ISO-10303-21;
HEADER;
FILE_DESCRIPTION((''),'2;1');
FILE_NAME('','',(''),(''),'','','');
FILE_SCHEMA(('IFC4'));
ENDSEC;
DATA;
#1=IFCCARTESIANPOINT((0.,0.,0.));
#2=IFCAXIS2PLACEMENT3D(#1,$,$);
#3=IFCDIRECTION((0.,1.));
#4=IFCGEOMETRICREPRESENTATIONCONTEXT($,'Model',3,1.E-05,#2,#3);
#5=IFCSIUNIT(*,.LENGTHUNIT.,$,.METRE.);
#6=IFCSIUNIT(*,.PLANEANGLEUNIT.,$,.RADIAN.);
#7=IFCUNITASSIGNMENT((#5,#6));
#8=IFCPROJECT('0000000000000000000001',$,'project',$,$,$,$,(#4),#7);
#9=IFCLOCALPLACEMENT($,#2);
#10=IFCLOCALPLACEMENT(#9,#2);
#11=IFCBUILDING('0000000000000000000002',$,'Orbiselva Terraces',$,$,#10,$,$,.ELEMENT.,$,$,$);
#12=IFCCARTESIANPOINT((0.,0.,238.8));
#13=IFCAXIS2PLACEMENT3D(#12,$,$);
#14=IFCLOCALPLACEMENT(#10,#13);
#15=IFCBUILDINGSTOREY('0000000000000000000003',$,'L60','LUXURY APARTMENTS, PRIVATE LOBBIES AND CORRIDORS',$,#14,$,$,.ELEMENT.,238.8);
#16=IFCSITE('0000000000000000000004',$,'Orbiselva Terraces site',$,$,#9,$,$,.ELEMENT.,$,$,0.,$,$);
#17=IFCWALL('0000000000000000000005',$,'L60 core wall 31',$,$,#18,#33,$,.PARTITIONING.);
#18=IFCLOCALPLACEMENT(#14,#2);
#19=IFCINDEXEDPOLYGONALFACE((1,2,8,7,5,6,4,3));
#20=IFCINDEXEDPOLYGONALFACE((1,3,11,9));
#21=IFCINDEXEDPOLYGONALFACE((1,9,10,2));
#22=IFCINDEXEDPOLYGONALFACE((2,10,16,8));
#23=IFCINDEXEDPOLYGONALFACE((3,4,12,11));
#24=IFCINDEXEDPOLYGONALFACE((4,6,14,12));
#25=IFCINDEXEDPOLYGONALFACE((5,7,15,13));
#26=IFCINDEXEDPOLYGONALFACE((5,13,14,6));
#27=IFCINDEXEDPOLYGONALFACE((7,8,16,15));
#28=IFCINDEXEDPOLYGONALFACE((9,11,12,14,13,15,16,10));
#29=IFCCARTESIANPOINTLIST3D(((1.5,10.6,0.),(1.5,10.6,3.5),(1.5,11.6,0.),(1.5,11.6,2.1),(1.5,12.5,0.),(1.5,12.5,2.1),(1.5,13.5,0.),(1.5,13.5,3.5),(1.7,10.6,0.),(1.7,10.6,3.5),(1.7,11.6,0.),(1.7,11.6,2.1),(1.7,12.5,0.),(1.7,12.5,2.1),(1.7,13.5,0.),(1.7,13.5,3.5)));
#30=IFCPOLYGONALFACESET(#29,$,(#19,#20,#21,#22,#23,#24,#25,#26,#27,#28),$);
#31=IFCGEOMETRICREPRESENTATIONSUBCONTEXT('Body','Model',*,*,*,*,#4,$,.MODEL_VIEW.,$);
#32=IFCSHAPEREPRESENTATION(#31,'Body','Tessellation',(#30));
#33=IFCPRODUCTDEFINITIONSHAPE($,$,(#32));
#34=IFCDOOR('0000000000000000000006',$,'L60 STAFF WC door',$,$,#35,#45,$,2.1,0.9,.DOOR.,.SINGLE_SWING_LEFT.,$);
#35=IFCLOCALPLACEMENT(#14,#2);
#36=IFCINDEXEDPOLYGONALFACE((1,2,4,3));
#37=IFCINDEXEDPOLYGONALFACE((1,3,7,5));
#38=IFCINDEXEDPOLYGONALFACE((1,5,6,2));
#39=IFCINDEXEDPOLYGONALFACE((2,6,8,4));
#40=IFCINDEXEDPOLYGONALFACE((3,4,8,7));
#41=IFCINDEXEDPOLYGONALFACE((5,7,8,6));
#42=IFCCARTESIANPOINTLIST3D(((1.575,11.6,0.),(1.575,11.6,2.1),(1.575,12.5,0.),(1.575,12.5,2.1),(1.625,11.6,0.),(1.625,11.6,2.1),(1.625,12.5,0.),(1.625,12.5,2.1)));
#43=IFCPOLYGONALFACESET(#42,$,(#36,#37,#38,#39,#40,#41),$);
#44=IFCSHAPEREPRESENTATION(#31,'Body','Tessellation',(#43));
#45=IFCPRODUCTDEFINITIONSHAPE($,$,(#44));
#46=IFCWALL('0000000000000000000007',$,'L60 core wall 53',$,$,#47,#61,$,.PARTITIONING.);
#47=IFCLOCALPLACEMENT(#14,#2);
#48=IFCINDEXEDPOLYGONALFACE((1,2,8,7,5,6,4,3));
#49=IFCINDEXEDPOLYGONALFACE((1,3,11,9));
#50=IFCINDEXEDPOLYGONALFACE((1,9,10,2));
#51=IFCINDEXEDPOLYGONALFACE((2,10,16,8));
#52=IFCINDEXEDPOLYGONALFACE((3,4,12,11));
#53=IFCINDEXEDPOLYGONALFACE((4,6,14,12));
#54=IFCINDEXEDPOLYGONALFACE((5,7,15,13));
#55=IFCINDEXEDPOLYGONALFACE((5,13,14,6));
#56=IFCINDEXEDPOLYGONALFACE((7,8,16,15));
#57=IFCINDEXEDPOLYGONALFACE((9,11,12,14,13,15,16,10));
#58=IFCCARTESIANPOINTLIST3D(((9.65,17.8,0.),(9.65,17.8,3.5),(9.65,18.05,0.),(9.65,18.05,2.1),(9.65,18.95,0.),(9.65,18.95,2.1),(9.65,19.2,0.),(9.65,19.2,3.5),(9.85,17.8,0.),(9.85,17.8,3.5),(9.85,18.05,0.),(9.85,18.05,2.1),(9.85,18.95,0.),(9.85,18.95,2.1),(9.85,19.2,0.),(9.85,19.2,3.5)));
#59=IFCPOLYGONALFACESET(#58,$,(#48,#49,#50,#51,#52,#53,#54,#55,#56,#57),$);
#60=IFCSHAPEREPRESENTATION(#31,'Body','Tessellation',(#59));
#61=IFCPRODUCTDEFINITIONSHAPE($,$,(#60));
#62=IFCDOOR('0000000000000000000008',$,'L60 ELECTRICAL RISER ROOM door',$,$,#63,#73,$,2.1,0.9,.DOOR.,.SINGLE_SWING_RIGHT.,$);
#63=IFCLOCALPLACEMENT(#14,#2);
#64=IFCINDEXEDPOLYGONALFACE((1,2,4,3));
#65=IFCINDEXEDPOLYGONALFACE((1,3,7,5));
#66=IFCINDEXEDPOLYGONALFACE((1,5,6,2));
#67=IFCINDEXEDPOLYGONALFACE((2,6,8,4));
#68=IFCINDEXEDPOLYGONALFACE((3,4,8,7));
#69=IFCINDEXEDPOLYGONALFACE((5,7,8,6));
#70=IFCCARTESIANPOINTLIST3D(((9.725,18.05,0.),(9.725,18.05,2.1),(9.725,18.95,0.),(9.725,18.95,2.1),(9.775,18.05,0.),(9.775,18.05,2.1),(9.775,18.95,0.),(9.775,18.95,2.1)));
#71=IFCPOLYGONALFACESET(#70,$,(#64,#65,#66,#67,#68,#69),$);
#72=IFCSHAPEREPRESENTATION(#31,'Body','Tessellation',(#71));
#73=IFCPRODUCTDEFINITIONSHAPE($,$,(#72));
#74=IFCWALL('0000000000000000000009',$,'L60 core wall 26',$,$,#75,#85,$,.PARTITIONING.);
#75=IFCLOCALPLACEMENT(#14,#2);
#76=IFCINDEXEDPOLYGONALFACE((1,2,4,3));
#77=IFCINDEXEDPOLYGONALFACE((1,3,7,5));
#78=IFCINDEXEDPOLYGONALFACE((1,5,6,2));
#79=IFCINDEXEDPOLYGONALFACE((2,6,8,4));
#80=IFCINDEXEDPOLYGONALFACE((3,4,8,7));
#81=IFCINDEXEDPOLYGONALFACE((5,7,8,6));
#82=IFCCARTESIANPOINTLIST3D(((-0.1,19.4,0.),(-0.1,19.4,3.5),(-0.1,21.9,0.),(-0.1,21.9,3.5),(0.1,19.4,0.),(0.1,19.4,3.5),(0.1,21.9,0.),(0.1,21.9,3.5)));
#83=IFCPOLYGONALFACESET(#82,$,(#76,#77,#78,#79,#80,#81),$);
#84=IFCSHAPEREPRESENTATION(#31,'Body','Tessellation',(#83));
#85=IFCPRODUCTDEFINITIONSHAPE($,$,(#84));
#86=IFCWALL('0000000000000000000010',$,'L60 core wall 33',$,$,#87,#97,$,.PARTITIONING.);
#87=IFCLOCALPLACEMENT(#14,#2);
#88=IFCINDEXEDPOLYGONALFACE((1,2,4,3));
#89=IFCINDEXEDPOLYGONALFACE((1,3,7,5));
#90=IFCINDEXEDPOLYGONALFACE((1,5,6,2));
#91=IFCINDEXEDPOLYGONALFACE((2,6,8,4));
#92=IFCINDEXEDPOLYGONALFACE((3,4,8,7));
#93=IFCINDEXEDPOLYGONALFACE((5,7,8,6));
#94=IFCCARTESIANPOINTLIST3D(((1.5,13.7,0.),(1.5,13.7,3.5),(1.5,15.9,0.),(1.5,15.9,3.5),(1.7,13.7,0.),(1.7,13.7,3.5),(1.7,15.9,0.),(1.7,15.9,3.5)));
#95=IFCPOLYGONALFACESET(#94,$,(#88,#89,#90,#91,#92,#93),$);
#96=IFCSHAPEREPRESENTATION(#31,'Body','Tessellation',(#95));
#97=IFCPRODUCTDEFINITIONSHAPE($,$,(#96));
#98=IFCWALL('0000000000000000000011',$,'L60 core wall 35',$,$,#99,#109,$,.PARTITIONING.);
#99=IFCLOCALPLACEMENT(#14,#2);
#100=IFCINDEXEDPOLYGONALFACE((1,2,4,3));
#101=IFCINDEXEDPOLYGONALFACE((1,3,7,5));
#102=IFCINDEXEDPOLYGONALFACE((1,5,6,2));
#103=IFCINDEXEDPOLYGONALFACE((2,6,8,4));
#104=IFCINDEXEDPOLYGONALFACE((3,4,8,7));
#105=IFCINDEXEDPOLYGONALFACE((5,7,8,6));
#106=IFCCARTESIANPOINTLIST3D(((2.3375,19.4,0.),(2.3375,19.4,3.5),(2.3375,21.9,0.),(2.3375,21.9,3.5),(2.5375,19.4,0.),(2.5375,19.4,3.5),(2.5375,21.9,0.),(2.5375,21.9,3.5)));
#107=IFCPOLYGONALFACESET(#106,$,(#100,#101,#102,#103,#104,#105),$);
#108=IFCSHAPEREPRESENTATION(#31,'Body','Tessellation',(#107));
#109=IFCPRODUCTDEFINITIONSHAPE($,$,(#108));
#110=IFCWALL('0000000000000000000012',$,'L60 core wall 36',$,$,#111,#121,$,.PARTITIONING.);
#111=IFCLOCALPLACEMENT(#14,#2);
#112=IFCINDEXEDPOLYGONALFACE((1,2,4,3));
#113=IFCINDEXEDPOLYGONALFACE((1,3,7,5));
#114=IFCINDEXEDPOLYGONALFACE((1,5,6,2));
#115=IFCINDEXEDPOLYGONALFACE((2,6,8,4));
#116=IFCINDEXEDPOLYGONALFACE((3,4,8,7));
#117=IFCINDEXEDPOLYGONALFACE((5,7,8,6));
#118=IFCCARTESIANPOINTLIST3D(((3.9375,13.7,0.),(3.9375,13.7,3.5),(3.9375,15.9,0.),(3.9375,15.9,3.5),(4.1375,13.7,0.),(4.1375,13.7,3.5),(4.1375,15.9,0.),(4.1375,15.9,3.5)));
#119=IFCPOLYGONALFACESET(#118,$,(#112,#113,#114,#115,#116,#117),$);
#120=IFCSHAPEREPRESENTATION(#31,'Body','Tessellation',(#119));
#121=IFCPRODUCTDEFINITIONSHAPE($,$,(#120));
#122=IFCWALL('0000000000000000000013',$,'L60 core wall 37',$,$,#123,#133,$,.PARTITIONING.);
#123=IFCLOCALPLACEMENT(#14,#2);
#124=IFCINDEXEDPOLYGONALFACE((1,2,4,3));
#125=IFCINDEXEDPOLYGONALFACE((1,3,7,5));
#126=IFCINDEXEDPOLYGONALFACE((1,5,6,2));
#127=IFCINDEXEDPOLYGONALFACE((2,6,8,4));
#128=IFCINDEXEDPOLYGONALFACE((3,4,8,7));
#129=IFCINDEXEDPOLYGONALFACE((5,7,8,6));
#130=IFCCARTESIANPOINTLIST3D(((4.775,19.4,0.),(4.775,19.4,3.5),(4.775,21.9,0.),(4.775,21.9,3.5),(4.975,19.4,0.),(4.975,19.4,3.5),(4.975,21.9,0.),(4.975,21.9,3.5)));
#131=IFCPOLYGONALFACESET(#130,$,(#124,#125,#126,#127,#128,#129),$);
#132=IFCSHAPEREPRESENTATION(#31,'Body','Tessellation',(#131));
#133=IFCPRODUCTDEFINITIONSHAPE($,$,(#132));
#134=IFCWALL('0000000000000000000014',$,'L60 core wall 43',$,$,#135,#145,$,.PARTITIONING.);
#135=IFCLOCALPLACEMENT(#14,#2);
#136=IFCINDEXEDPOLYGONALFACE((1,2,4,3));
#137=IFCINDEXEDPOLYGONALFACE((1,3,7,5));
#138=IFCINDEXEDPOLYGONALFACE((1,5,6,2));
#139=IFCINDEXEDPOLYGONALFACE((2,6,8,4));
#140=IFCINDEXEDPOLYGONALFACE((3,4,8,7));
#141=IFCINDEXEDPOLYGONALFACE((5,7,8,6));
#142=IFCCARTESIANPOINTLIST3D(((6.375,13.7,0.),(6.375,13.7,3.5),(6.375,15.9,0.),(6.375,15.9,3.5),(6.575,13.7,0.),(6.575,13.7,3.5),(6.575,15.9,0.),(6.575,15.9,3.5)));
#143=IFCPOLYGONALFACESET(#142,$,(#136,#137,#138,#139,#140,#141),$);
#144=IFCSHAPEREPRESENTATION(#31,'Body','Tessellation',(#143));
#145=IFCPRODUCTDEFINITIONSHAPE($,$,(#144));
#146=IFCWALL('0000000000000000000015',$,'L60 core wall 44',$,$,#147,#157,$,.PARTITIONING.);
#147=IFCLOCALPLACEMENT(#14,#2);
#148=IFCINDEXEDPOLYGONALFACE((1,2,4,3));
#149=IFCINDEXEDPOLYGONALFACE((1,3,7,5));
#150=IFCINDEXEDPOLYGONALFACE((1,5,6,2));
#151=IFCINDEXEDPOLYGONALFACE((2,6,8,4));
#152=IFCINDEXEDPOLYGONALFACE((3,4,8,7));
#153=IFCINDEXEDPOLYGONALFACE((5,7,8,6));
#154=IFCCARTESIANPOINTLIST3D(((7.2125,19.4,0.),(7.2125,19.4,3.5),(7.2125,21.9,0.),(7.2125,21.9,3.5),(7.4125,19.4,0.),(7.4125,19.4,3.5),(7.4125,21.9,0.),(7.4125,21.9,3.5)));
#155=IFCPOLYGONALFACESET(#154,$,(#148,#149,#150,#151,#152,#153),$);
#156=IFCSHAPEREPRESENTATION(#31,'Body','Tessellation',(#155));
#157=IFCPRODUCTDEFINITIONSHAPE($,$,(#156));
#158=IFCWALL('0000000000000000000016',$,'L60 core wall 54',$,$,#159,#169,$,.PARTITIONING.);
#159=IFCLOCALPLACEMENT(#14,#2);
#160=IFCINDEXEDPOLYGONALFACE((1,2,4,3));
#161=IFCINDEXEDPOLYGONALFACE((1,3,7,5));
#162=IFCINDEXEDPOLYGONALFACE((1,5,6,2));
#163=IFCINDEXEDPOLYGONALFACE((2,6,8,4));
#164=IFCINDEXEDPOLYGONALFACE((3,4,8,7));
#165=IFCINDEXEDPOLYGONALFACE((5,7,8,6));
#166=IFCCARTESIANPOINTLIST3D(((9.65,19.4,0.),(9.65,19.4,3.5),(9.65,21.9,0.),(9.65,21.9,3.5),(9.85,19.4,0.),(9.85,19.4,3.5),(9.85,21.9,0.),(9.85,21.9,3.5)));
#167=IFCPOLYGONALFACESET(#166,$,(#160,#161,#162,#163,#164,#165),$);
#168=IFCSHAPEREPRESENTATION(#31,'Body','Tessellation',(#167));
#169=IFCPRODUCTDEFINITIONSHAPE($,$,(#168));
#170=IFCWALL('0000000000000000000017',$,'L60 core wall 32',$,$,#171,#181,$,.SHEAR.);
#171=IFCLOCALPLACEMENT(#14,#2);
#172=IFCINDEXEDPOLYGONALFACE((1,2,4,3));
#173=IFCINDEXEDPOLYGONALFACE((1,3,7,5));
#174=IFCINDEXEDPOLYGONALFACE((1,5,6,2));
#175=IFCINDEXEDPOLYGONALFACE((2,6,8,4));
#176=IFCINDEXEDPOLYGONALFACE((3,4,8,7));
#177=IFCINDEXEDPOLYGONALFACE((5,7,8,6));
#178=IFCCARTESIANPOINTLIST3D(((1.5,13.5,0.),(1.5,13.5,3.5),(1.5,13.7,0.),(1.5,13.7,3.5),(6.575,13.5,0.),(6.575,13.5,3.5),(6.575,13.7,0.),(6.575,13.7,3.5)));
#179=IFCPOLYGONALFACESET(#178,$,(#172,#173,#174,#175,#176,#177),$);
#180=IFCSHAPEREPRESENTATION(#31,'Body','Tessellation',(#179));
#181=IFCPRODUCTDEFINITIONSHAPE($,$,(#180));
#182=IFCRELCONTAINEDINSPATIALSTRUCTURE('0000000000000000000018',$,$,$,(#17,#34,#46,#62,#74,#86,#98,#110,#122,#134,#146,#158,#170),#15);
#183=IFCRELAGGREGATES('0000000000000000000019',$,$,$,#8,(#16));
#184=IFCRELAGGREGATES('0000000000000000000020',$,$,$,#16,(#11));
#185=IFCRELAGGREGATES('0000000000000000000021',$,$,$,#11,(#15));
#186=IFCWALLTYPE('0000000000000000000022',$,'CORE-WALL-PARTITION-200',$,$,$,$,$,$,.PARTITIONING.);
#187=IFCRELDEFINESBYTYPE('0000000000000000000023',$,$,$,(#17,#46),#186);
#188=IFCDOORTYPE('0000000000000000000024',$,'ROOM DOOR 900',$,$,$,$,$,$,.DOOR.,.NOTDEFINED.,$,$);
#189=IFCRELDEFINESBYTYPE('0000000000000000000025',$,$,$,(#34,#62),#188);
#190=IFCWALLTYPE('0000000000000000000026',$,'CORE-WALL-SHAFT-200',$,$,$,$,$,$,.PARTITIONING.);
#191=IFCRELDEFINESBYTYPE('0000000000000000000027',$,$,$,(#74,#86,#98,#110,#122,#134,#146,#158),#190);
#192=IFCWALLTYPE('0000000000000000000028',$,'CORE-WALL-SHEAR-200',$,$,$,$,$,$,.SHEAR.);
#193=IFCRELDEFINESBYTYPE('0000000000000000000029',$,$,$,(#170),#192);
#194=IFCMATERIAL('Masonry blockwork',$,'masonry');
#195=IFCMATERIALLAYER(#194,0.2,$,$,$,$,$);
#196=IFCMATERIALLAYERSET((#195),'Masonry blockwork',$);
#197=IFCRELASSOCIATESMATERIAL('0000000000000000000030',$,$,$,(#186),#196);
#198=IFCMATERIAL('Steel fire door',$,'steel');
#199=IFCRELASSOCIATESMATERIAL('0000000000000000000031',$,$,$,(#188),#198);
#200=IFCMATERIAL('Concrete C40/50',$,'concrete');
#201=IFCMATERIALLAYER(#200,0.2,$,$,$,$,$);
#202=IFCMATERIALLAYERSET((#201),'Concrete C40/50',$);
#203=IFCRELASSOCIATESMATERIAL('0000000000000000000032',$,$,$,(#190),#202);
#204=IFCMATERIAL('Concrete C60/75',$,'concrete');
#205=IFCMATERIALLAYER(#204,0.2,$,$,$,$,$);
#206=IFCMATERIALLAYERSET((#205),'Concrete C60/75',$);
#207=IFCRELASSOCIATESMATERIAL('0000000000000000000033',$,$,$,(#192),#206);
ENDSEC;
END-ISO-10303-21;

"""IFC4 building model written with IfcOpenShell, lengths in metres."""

from ifc_helpers import new_model, si_unit, direction, frame, frame_2d, origin, place, context, subcontext, project, spatial, rectangle, extrude, material, layer, layer_set, type_object, element, fill, save


model = new_model("IFC4")

# Units and contexts
model_context = context("Model", 3, precision=1e-05, world=origin(), true_north=direction((0.0, 1.0)))
body_context = subcontext(model_context, "Body", "Model", "MODEL_VIEW")
ifc_project = project(units=[si_unit("LENGTHUNIT", "METRE"), si_unit("PLANEANGLEUNIT", "RADIAN")], contexts=[model_context])

# Site, building, storey
site_placement = place(None, origin())
site = spatial("IfcSite", under=ifc_project, at=site_placement, Name="Orbiselva Terraces site", CompositionType="ELEMENT", RefElevation=0.0)
building_placement = place(site_placement, origin())
building = spatial("IfcBuilding", under=site, at=building_placement, Name="Orbiselva Terraces", CompositionType="ELEMENT")
storey_placement = place(building_placement, frame((0.0, 0.0, 238.8)))
storey = spatial("IfcBuildingStorey", under=building, at=storey_placement, Name="L60", Description="LUXURY APARTMENTS, PRIVATE LOBBIES AND CORRIDORS", CompositionType="ELEMENT", Elevation=238.8)

# Walls, openings, doors
ifc_material_1 = material(Name="Masonry blockwork", Category="masonry")
ifc_layer_1 = layer(ifc_material_1, 0.2)
ifc_layer_set_1 = layer_set([ifc_layer_1], Name="Masonry blockwork")
wall_type_1 = type_object("IfcWallType", Name="CORE-WALL-PARTITION-200", PredefinedType="PARTITIONING", material=ifc_layer_set_1)
wall_1_placement = place(storey_placement, frame((1.6, 13.5, 0.0), z_axis=(0.0, 0.0, 1.0), x_axis=(0.0, -1.0, 0.0)))
wall_1 = element("IfcWall", 1, at=wall_1_placement, inside=storey, type_object=wall_type_1, Name="L60 core wall 31", PredefinedType="PARTITIONING", context=body_context, shape_type="SweptSolid", body=[
    extrude(rectangle(XDim=2.9, YDim=0.2, at=frame_2d((1.45, 0.0))), origin(), (0.0, 0.0, 1.0), 3.5),
])
opening_1_placement = place(wall_1_placement, frame((1.0, 0.0, 0.0)))
opening_1 = element("IfcOpeningElement", 2, at=opening_1_placement, cuts=wall_1, PredefinedType="OPENING", context=body_context, shape_type="SweptSolid", body=[
    extrude(rectangle(XDim=0.9, YDim=2.1, at=frame_2d((0.45, 1.05))), frame((0.0, 0.11, 0.0), z_axis=(0.0, -1.0, 0.0), x_axis=(1.0, 0.0, 0.0)), (0.0, 0.0, 1.0), 0.22),
])
ifc_material_2 = material(Name="Steel fire door", Category="steel")
door_type_1 = type_object("IfcDoorType", Name="ROOM DOOR 900", OperationType="NOTDEFINED", PredefinedType="DOOR", material=ifc_material_2)
door_1_placement = place(opening_1_placement, origin())
door_1 = element("IfcDoor", 3, at=door_1_placement, inside=storey, type_object=door_type_1, Name="L60 STAFF WC door", OperationType="SINGLE_SWING_LEFT", OverallHeight=2.1, OverallWidth=0.9, PredefinedType="DOOR", context=body_context, shape_type="SweptSolid", body=[
    extrude(rectangle(XDim=0.9, YDim=2.1, at=frame_2d((0.45, 1.05))), frame((0.0, 0.025, 0.0), z_axis=(0.0, -1.0, 0.0), x_axis=(1.0, 0.0, 0.0)), (0.0, 0.0, 1.0), 0.05),
])
fill(opening_1, door_1)
wall_2_placement = place(storey_placement, frame((9.75, 19.2, 0.0), z_axis=(0.0, 0.0, 1.0), x_axis=(0.0, -1.0, 0.0)))
wall_2 = element("IfcWall", 4, at=wall_2_placement, inside=storey, type_object=wall_type_1, Name="L60 core wall 53", PredefinedType="PARTITIONING", context=body_context, shape_type="SweptSolid", body=[
    extrude(rectangle(XDim=1.4, YDim=0.2, at=frame_2d((0.7, 0.0))), origin(), (0.0, 0.0, 1.0), 3.5),
])
opening_2_placement = place(wall_2_placement, frame((0.25, 0.0, 0.0)))
opening_2 = element("IfcOpeningElement", 5, at=opening_2_placement, cuts=wall_2, PredefinedType="OPENING", context=body_context, shape_type="SweptSolid", body=[
    extrude(rectangle(XDim=0.9, YDim=2.1, at=frame_2d((0.45, 1.05))), frame((0.0, 0.11, 0.0), z_axis=(0.0, -1.0, 0.0), x_axis=(1.0, 0.0, 0.0)), (0.0, 0.0, 1.0), 0.22),
])
door_2_placement = place(opening_2_placement, origin())
door_2 = element("IfcDoor", 6, at=door_2_placement, inside=storey, type_object=door_type_1, Name="L60 ELECTRICAL RISER ROOM door", OperationType="SINGLE_SWING_RIGHT", OverallHeight=2.1, OverallWidth=0.9, PredefinedType="DOOR", context=body_context, shape_type="SweptSolid", body=[
    extrude(rectangle(XDim=0.9, YDim=2.1, at=frame_2d((0.45, 1.05))), frame((0.0, 0.025, 0.0), z_axis=(0.0, -1.0, 0.0), x_axis=(1.0, 0.0, 0.0)), (0.0, 0.0, 1.0), 0.05),
])
fill(opening_2, door_2)

# Walls
ifc_material_3 = material(Name="Concrete C40/50", Category="concrete")
ifc_layer_2 = layer(ifc_material_3, 0.2)
ifc_layer_set_2 = layer_set([ifc_layer_2], Name="Concrete C40/50")
wall_type_2 = type_object("IfcWallType", Name="CORE-WALL-SHAFT-200", PredefinedType="PARTITIONING", material=ifc_layer_set_2)
wall_3_placement = place(storey_placement, frame((0.0, 19.4, 0.0), z_axis=(0.0, 0.0, 1.0), x_axis=(0.0, 1.0, 0.0)))
element("IfcWall", 7, at=wall_3_placement, inside=storey, type_object=wall_type_2, Name="L60 core wall 26", PredefinedType="PARTITIONING", context=body_context, shape_type="SweptSolid", body=[
    extrude(rectangle(XDim=2.5, YDim=0.2, at=frame_2d((1.25, 0.0))), origin(), (0.0, 0.0, 1.0), 3.5),
])
wall_4_placement = place(storey_placement, frame((1.6, 13.7, 0.0), z_axis=(0.0, 0.0, 1.0), x_axis=(0.0, 1.0, 0.0)))
element("IfcWall", 8, at=wall_4_placement, inside=storey, type_object=wall_type_2, Name="L60 core wall 33", PredefinedType="PARTITIONING", context=body_context, shape_type="SweptSolid", body=[
    extrude(rectangle(XDim=2.2, YDim=0.2, at=frame_2d((1.1, 0.0))), origin(), (0.0, 0.0, 1.0), 3.5),
])
wall_5_placement = place(storey_placement, frame((2.4375, 19.4, 0.0), z_axis=(0.0, 0.0, 1.0), x_axis=(0.0, 1.0, 0.0)))
element("IfcWall", 9, at=wall_5_placement, inside=storey, type_object=wall_type_2, Name="L60 core wall 35", PredefinedType="PARTITIONING", context=body_context, shape_type="SweptSolid", body=[
    extrude(rectangle(XDim=2.5, YDim=0.2, at=frame_2d((1.25, 0.0))), origin(), (0.0, 0.0, 1.0), 3.5),
])
wall_6_placement = place(storey_placement, frame((4.0375, 13.7, 0.0), z_axis=(0.0, 0.0, 1.0), x_axis=(0.0, 1.0, 0.0)))
element("IfcWall", 10, at=wall_6_placement, inside=storey, type_object=wall_type_2, Name="L60 core wall 36", PredefinedType="PARTITIONING", context=body_context, shape_type="SweptSolid", body=[
    extrude(rectangle(XDim=2.2, YDim=0.2, at=frame_2d((1.1, 0.0))), origin(), (0.0, 0.0, 1.0), 3.5),
])
wall_7_placement = place(storey_placement, frame((4.875, 19.4, 0.0), z_axis=(0.0, 0.0, 1.0), x_axis=(0.0, 1.0, 0.0)))
element("IfcWall", 11, at=wall_7_placement, inside=storey, type_object=wall_type_2, Name="L60 core wall 37", PredefinedType="PARTITIONING", context=body_context, shape_type="SweptSolid", body=[
    extrude(rectangle(XDim=2.5, YDim=0.2, at=frame_2d((1.25, 0.0))), origin(), (0.0, 0.0, 1.0), 3.5),
])
wall_8_placement = place(storey_placement, frame((6.475, 13.7, 0.0), z_axis=(0.0, 0.0, 1.0), x_axis=(0.0, 1.0, 0.0)))
element("IfcWall", 12, at=wall_8_placement, inside=storey, type_object=wall_type_2, Name="L60 core wall 43", PredefinedType="PARTITIONING", context=body_context, shape_type="SweptSolid", body=[
    extrude(rectangle(XDim=2.2, YDim=0.2, at=frame_2d((1.1, 0.0))), origin(), (0.0, 0.0, 1.0), 3.5),
])
for number, where, z_axis, x_axis, name in (
    (13, (7.3125, 19.4, 0.0), (0.0, 0.0, 1.0), (0.0, 1.0, 0.0), "L60 core wall 44"),
    (14, (9.75, 19.4, 0.0), (0.0, 0.0, 1.0), (0.0, 1.0, 0.0), "L60 core wall 54"),
):
    element("IfcWall", number, at=place(storey_placement, frame(where, z_axis=z_axis, x_axis=x_axis)), inside=storey, type_object=wall_type_2, Name=name, PredefinedType="PARTITIONING", context=body_context, shape_type="SweptSolid", body=[
        extrude(rectangle(XDim=2.5, YDim=0.2, at=frame_2d((1.25, 0.0))), origin(), (0.0, 0.0, 1.0), 3.5),
    ])
ifc_material_4 = material(Name="Concrete C60/75", Category="concrete")
ifc_layer_3 = layer(ifc_material_4, 0.2)
ifc_layer_set_3 = layer_set([ifc_layer_3], Name="Concrete C60/75")
wall_type_3 = type_object("IfcWallType", Name="CORE-WALL-SHEAR-200", PredefinedType="SHEAR", material=ifc_layer_set_3)
wall_9_placement = place(storey_placement, frame((1.5, 13.6, 0.0), z_axis=(0.0, 0.0, 1.0), x_axis=(1.0, 0.0, 0.0)))
element("IfcWall", 15, at=wall_9_placement, inside=storey, type_object=wall_type_3, Name="L60 core wall 32", PredefinedType="SHEAR", context=body_context, shape_type="SweptSolid", body=[
    extrude(rectangle(XDim=5.075, YDim=0.2, at=frame_2d((2.5375, 0.0))), origin(), (0.0, 0.0, 1.0), 3.5),
])

save(model, "model.ifc")
